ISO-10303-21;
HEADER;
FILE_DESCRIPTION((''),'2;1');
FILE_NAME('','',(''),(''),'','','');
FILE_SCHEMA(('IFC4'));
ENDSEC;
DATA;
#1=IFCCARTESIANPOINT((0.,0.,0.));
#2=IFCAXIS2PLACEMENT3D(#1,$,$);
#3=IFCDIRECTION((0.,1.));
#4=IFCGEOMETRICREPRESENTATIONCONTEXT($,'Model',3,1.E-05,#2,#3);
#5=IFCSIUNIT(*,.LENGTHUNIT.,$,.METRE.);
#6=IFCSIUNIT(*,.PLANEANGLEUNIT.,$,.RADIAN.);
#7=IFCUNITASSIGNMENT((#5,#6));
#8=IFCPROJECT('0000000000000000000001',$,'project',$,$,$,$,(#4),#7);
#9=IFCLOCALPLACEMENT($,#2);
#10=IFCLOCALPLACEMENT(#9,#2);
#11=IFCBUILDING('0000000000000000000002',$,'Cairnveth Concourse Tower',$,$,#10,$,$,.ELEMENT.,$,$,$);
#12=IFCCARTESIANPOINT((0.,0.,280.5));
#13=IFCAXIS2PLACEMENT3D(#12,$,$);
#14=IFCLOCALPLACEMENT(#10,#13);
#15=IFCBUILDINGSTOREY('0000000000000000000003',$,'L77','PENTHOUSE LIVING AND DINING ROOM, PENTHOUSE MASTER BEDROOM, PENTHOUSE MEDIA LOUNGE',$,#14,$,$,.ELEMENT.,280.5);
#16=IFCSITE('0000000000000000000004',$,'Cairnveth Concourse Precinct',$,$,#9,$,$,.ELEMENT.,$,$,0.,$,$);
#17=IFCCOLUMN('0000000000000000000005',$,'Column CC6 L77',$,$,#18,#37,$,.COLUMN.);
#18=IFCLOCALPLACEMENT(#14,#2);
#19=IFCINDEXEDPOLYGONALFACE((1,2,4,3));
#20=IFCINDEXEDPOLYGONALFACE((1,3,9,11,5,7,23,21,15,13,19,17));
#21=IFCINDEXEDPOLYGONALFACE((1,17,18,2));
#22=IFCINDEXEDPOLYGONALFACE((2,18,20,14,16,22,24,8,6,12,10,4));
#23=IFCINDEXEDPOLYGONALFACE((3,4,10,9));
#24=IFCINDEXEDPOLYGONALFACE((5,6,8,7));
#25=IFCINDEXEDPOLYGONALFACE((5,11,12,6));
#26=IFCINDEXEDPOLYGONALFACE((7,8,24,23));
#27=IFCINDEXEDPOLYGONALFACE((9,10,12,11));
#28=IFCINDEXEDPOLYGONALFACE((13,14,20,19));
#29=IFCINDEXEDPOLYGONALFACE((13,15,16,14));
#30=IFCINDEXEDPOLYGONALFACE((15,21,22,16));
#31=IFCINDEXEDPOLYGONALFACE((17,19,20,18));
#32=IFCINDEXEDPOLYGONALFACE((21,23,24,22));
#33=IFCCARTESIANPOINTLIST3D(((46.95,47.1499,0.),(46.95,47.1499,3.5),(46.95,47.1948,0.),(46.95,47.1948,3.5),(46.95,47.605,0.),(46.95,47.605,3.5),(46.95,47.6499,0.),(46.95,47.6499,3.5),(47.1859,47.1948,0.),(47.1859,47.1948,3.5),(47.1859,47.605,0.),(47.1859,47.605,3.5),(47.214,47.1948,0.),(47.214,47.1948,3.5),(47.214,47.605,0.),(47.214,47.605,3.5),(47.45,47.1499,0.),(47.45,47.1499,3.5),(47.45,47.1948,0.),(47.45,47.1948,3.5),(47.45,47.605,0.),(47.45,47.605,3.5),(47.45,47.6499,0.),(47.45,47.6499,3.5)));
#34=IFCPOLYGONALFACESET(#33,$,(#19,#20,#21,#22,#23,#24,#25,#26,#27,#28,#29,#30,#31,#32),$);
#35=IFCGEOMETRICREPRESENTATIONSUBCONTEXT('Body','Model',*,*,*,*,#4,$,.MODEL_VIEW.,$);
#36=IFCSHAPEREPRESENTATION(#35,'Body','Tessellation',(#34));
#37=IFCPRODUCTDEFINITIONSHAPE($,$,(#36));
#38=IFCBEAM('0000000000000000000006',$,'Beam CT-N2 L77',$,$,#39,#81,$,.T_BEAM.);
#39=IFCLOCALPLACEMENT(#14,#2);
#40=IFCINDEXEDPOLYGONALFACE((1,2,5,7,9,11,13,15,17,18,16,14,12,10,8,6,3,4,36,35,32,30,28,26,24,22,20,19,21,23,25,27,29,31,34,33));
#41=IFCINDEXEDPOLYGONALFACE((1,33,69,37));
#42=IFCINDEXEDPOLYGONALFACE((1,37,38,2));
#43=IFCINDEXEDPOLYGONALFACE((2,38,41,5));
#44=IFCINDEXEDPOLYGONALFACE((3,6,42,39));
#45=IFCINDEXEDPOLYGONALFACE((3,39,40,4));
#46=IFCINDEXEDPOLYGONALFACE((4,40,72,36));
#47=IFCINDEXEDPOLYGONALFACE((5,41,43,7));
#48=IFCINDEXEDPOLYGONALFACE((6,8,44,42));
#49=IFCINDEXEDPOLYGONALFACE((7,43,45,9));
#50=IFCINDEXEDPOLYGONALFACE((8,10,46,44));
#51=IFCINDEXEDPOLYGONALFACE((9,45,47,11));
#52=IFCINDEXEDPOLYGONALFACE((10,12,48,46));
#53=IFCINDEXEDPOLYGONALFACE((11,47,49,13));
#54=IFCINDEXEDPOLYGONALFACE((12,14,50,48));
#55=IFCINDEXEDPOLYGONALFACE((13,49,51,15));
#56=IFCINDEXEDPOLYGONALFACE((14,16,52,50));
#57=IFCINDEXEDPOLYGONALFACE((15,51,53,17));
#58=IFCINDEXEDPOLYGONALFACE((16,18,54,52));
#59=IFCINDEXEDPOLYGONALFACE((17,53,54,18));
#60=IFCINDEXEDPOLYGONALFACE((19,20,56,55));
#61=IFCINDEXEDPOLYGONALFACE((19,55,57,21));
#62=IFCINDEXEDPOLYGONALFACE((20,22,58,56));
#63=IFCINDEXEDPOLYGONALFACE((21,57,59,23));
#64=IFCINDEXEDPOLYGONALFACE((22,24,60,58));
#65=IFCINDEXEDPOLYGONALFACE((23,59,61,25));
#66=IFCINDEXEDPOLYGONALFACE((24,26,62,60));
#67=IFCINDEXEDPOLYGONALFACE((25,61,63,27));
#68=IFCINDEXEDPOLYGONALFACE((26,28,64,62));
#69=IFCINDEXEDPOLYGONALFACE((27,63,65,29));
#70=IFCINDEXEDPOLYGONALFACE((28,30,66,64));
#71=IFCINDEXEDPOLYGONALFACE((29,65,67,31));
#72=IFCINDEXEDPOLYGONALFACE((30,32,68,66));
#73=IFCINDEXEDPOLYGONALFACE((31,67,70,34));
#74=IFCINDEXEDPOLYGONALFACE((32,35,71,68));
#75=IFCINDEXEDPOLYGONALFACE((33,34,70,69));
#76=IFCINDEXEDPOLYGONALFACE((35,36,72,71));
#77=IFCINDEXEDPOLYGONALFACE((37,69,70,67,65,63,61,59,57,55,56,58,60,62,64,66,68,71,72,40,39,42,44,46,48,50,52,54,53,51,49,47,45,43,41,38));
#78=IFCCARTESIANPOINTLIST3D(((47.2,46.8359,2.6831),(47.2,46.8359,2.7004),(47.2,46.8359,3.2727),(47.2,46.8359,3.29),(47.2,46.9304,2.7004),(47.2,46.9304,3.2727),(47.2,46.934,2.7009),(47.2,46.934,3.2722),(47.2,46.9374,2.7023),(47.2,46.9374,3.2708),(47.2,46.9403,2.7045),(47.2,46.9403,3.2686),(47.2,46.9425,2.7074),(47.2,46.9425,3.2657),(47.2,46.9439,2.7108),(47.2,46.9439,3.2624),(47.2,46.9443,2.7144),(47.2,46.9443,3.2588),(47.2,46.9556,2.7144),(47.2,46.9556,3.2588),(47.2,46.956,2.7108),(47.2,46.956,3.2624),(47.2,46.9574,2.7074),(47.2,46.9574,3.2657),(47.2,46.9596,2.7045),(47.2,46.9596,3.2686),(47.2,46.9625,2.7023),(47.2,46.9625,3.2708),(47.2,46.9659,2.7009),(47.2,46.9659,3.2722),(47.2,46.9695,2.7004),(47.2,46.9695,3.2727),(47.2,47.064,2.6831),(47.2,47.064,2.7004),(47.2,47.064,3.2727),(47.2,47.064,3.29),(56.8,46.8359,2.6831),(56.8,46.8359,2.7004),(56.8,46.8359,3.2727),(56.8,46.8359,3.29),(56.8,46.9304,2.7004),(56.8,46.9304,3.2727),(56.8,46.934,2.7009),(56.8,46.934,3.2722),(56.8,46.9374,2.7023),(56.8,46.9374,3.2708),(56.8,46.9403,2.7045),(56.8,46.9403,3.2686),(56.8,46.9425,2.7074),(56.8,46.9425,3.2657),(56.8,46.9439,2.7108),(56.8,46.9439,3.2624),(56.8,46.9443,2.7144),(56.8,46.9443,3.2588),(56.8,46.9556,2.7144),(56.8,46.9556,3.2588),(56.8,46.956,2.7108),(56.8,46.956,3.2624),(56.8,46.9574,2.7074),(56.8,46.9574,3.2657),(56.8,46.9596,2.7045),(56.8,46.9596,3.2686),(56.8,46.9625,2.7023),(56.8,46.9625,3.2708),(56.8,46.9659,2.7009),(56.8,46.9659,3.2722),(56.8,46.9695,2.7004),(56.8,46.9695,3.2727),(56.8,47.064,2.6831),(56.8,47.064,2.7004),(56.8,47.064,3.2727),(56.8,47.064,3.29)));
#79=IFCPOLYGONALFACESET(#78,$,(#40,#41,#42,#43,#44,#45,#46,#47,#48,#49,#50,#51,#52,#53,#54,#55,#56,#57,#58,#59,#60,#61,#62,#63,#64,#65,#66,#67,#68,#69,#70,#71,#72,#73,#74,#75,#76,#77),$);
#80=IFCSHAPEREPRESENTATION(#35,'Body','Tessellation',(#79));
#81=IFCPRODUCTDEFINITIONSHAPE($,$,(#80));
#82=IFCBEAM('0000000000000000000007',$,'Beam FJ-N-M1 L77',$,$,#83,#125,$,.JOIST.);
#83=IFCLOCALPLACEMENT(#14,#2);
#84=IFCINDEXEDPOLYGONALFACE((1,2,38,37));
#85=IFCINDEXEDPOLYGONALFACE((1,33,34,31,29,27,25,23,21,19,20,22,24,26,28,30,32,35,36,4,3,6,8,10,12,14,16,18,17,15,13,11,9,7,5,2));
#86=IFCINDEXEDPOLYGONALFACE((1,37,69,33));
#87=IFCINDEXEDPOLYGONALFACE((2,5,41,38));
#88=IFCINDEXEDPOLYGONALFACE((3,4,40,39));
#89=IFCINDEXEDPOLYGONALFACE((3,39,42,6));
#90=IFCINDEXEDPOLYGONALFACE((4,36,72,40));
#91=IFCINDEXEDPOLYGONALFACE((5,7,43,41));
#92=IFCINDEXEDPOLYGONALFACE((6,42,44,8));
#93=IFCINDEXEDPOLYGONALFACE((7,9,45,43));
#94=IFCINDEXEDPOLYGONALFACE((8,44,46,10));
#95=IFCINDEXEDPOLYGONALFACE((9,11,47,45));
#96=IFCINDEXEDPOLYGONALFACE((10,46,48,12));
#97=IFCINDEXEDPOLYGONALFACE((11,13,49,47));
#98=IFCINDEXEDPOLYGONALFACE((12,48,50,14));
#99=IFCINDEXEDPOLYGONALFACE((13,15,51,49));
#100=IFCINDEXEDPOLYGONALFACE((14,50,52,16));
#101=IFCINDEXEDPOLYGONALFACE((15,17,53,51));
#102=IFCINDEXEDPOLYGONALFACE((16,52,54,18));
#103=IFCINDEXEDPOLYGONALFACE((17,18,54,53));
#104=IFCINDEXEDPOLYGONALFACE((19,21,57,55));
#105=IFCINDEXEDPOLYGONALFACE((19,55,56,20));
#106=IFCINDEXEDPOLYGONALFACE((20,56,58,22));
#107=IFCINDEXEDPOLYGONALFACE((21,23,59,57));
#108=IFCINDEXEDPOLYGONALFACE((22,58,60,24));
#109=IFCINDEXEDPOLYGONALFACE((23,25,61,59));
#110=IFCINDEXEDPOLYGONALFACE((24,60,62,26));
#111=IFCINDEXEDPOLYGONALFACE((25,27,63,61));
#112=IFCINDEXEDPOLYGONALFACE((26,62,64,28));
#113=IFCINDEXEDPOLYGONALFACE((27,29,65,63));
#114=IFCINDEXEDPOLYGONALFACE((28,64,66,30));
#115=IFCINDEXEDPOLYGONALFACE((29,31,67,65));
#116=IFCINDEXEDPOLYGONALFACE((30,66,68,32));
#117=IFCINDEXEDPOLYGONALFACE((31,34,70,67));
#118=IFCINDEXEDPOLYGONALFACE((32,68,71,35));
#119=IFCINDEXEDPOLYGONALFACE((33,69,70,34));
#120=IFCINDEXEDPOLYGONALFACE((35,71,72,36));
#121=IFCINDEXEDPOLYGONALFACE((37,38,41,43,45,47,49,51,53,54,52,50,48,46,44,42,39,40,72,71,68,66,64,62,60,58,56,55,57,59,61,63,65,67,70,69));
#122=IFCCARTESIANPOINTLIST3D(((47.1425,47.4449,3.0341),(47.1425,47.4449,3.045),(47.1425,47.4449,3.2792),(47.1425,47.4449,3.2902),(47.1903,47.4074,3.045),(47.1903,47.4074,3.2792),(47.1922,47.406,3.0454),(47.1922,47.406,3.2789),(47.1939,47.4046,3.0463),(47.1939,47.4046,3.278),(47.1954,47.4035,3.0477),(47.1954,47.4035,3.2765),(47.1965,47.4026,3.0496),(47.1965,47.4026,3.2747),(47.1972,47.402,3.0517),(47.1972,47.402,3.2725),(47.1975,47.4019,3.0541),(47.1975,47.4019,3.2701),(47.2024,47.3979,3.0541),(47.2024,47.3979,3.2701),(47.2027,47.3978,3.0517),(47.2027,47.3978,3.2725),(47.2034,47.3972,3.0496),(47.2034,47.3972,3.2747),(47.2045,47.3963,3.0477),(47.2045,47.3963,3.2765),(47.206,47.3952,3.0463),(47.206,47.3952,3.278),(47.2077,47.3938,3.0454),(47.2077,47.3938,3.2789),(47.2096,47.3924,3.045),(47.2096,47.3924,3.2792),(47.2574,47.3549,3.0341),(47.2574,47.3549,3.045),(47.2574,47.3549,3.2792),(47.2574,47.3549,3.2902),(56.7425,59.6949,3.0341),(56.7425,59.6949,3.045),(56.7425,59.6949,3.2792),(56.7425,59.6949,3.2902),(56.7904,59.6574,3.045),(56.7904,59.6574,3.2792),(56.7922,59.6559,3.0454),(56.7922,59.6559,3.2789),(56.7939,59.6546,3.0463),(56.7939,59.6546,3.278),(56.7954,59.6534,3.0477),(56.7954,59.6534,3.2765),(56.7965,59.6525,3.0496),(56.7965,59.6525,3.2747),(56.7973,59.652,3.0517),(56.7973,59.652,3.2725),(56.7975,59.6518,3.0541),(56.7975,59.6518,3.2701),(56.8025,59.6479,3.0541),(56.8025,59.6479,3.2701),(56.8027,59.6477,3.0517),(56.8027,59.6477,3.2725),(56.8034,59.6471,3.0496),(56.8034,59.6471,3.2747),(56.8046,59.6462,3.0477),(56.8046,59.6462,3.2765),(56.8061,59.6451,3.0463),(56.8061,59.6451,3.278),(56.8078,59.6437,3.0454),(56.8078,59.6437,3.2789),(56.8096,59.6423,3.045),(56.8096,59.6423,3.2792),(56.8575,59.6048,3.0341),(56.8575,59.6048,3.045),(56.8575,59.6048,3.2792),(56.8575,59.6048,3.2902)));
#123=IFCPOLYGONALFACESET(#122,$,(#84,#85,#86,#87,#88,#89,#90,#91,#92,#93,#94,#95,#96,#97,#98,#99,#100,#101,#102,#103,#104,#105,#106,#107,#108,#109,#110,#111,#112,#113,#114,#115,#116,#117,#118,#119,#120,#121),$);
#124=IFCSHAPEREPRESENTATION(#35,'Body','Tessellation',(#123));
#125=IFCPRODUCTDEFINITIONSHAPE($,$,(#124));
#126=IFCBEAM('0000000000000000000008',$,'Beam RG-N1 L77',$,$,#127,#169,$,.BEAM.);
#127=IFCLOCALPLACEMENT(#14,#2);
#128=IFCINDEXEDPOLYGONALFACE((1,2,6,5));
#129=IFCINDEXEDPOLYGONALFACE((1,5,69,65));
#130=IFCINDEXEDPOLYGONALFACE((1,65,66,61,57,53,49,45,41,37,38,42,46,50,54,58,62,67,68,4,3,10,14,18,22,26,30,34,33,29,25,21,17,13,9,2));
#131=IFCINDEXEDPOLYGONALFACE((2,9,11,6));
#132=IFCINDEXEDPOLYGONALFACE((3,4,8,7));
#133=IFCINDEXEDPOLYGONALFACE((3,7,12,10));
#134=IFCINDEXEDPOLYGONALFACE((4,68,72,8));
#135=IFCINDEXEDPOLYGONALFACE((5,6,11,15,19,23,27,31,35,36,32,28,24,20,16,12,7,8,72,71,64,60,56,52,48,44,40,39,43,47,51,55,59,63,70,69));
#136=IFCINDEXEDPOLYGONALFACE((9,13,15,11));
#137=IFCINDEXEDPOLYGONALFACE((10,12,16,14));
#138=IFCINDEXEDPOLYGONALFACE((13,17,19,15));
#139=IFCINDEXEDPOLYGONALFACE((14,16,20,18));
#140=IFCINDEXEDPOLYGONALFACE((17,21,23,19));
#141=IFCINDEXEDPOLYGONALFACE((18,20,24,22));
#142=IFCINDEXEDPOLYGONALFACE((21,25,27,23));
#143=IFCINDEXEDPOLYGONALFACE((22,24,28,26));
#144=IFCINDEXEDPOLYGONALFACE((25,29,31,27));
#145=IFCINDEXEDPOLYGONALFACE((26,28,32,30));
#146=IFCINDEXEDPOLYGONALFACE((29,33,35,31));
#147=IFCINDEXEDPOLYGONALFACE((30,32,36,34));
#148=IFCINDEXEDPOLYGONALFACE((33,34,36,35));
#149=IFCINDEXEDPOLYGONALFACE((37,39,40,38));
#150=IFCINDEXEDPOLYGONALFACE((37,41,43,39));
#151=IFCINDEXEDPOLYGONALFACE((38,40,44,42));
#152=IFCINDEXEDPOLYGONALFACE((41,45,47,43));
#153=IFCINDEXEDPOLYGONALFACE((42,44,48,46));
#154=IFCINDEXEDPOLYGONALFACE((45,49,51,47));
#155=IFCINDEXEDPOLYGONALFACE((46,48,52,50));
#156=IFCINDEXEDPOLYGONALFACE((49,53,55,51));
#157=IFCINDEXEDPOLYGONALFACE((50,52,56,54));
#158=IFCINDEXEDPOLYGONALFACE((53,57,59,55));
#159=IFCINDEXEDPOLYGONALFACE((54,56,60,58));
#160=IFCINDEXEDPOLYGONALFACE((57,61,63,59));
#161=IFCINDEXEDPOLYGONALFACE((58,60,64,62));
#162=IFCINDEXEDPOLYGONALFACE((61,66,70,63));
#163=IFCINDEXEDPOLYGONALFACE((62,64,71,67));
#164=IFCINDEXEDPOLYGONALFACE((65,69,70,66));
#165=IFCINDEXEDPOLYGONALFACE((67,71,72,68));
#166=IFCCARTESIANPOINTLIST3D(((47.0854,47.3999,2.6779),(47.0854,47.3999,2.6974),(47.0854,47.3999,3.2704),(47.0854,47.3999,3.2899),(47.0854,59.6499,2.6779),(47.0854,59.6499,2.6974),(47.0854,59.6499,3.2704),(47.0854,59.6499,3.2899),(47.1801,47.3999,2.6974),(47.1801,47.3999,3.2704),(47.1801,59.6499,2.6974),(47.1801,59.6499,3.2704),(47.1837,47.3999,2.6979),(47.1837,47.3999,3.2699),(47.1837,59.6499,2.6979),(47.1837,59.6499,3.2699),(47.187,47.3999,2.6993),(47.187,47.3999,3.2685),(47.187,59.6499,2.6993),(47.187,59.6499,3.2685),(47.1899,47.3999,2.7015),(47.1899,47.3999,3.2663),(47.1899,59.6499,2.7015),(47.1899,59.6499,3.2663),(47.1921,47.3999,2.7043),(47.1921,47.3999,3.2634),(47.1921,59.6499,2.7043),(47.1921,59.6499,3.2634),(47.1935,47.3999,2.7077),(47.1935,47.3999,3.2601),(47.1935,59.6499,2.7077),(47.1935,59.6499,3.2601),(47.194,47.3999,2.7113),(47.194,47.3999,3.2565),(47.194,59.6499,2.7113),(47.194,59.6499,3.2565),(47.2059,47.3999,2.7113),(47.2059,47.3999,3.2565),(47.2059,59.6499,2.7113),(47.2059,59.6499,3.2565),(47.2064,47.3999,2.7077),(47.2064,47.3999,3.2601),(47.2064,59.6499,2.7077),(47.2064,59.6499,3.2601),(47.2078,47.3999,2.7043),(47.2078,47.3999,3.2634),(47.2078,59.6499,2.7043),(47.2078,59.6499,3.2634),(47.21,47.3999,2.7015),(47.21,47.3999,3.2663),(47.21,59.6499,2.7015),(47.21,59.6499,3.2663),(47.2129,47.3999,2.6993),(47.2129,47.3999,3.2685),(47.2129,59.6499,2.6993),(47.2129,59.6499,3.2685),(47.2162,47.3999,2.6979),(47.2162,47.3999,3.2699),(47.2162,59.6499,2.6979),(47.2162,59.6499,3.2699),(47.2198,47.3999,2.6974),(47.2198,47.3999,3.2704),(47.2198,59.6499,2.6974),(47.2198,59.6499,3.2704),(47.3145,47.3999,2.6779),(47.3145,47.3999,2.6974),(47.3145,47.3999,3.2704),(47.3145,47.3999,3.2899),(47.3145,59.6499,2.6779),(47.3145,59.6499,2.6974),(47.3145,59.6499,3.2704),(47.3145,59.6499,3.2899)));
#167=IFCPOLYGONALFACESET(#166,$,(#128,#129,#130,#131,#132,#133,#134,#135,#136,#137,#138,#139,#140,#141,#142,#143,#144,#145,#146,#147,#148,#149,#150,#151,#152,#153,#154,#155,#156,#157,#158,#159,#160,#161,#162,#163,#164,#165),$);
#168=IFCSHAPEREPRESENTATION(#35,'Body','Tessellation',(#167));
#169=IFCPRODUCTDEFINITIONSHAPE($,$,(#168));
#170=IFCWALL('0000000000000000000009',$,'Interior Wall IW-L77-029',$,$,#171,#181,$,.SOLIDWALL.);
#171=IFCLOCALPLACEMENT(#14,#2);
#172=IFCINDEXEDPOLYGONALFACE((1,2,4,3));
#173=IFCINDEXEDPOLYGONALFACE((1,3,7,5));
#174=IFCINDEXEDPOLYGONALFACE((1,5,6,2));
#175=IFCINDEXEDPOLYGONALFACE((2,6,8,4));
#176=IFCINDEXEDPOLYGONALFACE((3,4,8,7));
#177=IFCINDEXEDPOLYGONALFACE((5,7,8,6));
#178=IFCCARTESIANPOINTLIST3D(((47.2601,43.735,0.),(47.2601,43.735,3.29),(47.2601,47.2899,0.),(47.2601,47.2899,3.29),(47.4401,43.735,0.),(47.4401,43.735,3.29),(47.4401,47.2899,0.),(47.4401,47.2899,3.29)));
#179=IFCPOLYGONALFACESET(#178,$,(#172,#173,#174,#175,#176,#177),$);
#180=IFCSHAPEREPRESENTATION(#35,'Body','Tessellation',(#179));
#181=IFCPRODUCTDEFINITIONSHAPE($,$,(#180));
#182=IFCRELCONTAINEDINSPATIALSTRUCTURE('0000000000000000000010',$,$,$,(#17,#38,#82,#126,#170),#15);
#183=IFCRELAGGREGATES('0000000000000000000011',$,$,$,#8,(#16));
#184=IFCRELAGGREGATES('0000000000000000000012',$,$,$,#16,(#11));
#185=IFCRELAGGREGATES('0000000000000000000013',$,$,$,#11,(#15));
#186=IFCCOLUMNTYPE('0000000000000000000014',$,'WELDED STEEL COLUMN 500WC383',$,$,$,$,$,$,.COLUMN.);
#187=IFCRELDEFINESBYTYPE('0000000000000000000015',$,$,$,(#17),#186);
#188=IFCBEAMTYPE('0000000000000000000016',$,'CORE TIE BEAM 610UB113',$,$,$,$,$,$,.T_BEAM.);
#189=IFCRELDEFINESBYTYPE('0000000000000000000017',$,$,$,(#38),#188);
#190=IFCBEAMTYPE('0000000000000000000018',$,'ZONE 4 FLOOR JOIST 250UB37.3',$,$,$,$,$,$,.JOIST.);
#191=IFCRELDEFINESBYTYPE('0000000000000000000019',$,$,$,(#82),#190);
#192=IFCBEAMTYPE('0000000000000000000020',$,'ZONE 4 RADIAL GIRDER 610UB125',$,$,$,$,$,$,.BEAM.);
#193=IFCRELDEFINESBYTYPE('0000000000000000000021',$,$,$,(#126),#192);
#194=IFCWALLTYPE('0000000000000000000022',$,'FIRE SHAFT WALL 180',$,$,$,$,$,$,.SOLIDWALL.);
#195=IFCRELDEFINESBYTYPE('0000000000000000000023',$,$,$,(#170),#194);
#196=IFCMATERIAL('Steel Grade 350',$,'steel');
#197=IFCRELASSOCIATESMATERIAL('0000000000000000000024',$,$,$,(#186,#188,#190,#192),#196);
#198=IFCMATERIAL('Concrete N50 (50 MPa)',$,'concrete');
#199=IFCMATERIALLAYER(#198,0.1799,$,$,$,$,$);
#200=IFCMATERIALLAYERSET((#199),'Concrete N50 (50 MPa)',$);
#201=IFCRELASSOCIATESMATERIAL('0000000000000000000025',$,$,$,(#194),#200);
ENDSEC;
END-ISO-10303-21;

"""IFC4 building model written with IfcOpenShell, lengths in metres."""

from ifc_helpers import new_model, si_unit, direction, frame, frame_2d, origin, origin_2d, place, context, subcontext, project, spatial, rectangle, i_section, extrude, material, layer, layer_set, material_profile, profile_set, type_object, element, save


model = new_model("IFC4")

# Units and contexts
model_context = context("Model", 3, precision=1e-05, world=origin(), true_north=direction((0.0, 1.0)))
body_context = subcontext(model_context, "Body", "Model", "MODEL_VIEW")
ifc_project = project(units=[si_unit("LENGTHUNIT", "METRE"), si_unit("PLANEANGLEUNIT", "RADIAN")], contexts=[model_context])

# Site, building, storey
site_placement = place(None, origin())
site = spatial("IfcSite", under=ifc_project, at=site_placement, Name="Cairnveth Concourse Precinct", CompositionType="ELEMENT", RefElevation=0.0)
building_placement = place(site_placement, origin())
building = spatial("IfcBuilding", under=site, at=building_placement, Name="Cairnveth Concourse Tower", CompositionType="ELEMENT")
storey_placement = place(building_placement, frame((0.0, 0.0, 280.5)))
storey = spatial("IfcBuildingStorey", under=building, at=storey_placement, Name="L77", Description="PENTHOUSE LIVING AND DINING ROOM, PENTHOUSE MASTER BEDROOM, PENTHOUSE MEDIA LOUNGE", CompositionType="ELEMENT", Elevation=280.5)

# Column
ifc_material_1 = material(Name="Steel Grade 350", Category="steel")
ifc_material_profile_1 = material_profile(ifc_material_1, i_section(OverallWidth=0.5, OverallDepth=0.5, WebThickness=0.0281, FlangeThickness=0.0449, at=origin_2d()), Name="500WC383")
ifc_profile_set_1 = profile_set([ifc_material_profile_1], Name="Steel Grade 350")
column_type = type_object("IfcColumnType", Name="WELDED STEEL COLUMN 500WC383", PredefinedType="COLUMN", material=ifc_profile_set_1)
column_placement = place(storey_placement, frame((47.2, 47.3999, 0.0), z_axis=(0.0, 0.0, 1.0), x_axis=(1.0, 0.0, 0.0)))
element("IfcColumn", 1, at=column_placement, inside=storey, type_object=column_type, Name="Column CC6 L77", PredefinedType="COLUMN", context=body_context, shape_type="SweptSolid", body=[
    extrude(i_section(OverallWidth=0.5, OverallDepth=0.5, WebThickness=0.0281, FlangeThickness=0.0449, at=origin_2d()), origin(), (0.0, 0.0, 1.0), 3.5),
])

# Beams
ifc_material_profile_2 = material_profile(ifc_material_1, i_section(OverallWidth=0.228, OverallDepth=0.6069, WebThickness=0.0112, FlangeThickness=0.0173, FilletRadius=0.0139, at=origin_2d()), Name="610UB113")
ifc_profile_set_2 = profile_set([ifc_material_profile_2], Name="Steel Grade 350")
beam_type_1 = type_object("IfcBeamType", Name="CORE TIE BEAM 610UB113", PredefinedType="T_BEAM", material=ifc_profile_set_2)
beam_1_placement = place(storey_placement, frame((47.2, 46.95, 2.9866), z_axis=(1.0, 0.0, 0.0), x_axis=(0.0, 1.0, 0.0)))
element("IfcBeam", 2, at=beam_1_placement, inside=storey, type_object=beam_type_1, Name="Beam CT-N2 L77", PredefinedType="T_BEAM", context=body_context, shape_type="SweptSolid", body=[
    extrude(i_section(OverallWidth=0.228, OverallDepth=0.6069, WebThickness=0.0112, FlangeThickness=0.0173, FilletRadius=0.0139, at=origin_2d()), origin(), (0.0, 0.0, 1.0), 9.6001),
])
ifc_material_profile_3 = material_profile(ifc_material_1, i_section(OverallWidth=0.146, OverallDepth=0.2561, WebThickness=0.0063, FlangeThickness=0.011, FilletRadius=0.009, at=origin_2d()), Name="250UB37.3")
ifc_profile_set_3 = profile_set([ifc_material_profile_3], Name="Steel Grade 350")
beam_type_2 = type_object("IfcBeamType", Name="ZONE 4 FLOOR JOIST 250UB37.3", PredefinedType="JOIST", material=ifc_profile_set_3)
beam_2_placement = place(storey_placement, frame((47.2, 47.3999, 3.1621), z_axis=(0.616832, 0.787095, 0.0), x_axis=(-0.787095, 0.616832, 0.0)))
element("IfcBeam", 3, at=beam_2_placement, inside=storey, type_object=beam_type_2, Name="Beam FJ-N-M1 L77", PredefinedType="JOIST", context=body_context, shape_type="SweptSolid", body=[
    extrude(i_section(OverallWidth=0.146, OverallDepth=0.2561, WebThickness=0.0063, FlangeThickness=0.011, FilletRadius=0.009, at=origin_2d()), origin(), (0.0, 0.0, 1.0), 15.5635),
])
ifc_material_profile_4 = material_profile(ifc_material_1, i_section(OverallWidth=0.229, OverallDepth=0.6121, WebThickness=0.012, FlangeThickness=0.0195, FilletRadius=0.0139, at=origin_2d()), Name="610UB125")
ifc_profile_set_4 = profile_set([ifc_material_profile_4], Name="Steel Grade 350")
beam_type_3 = type_object("IfcBeamType", Name="ZONE 4 RADIAL GIRDER 610UB125", PredefinedType="BEAM", material=ifc_profile_set_4)
beam_3_placement = place(storey_placement, frame((47.2, 47.3999, 2.9839), z_axis=(0.0, 1.0, 0.0), x_axis=(-1.0, 0.0, 0.0)))
element("IfcBeam", 4, at=beam_3_placement, inside=storey, type_object=beam_type_3, Name="Beam RG-N1 L77", PredefinedType="BEAM", context=body_context, shape_type="SweptSolid", body=[
    extrude(i_section(OverallWidth=0.229, OverallDepth=0.6121, WebThickness=0.012, FlangeThickness=0.0195, FilletRadius=0.0139, at=origin_2d()), origin(), (0.0, 0.0, 1.0), 12.25),
])

# Wall
ifc_material_2 = material(Name="Concrete N50 (50 MPa)", Category="concrete")
ifc_layer_1 = layer(ifc_material_2, 0.1799)
ifc_layer_set_1 = layer_set([ifc_layer_1], Name="Concrete N50 (50 MPa)")
wall_type_1 = type_object("IfcWallType", Name="FIRE SHAFT WALL 180", PredefinedType="SOLIDWALL", material=ifc_layer_set_1)
wall_1_placement = place(storey_placement, frame((47.3501, 43.7351, 0.0), z_axis=(0.0, 0.0, 1.0), x_axis=(0.0, 1.0, 0.0)))
element("IfcWall", 5, at=wall_1_placement, inside=storey, type_object=wall_type_1, Name="Interior Wall IW-L77-029", PredefinedType="SOLIDWALL", context=body_context, shape_type="SweptSolid", body=[
    extrude(rectangle(XDim=3.5549, YDim=0.1799, at=frame_2d((1.7773, 0.0))), origin(), (0.0, 0.0, 1.0), 3.29),
])

save(model, "model.ifc")
